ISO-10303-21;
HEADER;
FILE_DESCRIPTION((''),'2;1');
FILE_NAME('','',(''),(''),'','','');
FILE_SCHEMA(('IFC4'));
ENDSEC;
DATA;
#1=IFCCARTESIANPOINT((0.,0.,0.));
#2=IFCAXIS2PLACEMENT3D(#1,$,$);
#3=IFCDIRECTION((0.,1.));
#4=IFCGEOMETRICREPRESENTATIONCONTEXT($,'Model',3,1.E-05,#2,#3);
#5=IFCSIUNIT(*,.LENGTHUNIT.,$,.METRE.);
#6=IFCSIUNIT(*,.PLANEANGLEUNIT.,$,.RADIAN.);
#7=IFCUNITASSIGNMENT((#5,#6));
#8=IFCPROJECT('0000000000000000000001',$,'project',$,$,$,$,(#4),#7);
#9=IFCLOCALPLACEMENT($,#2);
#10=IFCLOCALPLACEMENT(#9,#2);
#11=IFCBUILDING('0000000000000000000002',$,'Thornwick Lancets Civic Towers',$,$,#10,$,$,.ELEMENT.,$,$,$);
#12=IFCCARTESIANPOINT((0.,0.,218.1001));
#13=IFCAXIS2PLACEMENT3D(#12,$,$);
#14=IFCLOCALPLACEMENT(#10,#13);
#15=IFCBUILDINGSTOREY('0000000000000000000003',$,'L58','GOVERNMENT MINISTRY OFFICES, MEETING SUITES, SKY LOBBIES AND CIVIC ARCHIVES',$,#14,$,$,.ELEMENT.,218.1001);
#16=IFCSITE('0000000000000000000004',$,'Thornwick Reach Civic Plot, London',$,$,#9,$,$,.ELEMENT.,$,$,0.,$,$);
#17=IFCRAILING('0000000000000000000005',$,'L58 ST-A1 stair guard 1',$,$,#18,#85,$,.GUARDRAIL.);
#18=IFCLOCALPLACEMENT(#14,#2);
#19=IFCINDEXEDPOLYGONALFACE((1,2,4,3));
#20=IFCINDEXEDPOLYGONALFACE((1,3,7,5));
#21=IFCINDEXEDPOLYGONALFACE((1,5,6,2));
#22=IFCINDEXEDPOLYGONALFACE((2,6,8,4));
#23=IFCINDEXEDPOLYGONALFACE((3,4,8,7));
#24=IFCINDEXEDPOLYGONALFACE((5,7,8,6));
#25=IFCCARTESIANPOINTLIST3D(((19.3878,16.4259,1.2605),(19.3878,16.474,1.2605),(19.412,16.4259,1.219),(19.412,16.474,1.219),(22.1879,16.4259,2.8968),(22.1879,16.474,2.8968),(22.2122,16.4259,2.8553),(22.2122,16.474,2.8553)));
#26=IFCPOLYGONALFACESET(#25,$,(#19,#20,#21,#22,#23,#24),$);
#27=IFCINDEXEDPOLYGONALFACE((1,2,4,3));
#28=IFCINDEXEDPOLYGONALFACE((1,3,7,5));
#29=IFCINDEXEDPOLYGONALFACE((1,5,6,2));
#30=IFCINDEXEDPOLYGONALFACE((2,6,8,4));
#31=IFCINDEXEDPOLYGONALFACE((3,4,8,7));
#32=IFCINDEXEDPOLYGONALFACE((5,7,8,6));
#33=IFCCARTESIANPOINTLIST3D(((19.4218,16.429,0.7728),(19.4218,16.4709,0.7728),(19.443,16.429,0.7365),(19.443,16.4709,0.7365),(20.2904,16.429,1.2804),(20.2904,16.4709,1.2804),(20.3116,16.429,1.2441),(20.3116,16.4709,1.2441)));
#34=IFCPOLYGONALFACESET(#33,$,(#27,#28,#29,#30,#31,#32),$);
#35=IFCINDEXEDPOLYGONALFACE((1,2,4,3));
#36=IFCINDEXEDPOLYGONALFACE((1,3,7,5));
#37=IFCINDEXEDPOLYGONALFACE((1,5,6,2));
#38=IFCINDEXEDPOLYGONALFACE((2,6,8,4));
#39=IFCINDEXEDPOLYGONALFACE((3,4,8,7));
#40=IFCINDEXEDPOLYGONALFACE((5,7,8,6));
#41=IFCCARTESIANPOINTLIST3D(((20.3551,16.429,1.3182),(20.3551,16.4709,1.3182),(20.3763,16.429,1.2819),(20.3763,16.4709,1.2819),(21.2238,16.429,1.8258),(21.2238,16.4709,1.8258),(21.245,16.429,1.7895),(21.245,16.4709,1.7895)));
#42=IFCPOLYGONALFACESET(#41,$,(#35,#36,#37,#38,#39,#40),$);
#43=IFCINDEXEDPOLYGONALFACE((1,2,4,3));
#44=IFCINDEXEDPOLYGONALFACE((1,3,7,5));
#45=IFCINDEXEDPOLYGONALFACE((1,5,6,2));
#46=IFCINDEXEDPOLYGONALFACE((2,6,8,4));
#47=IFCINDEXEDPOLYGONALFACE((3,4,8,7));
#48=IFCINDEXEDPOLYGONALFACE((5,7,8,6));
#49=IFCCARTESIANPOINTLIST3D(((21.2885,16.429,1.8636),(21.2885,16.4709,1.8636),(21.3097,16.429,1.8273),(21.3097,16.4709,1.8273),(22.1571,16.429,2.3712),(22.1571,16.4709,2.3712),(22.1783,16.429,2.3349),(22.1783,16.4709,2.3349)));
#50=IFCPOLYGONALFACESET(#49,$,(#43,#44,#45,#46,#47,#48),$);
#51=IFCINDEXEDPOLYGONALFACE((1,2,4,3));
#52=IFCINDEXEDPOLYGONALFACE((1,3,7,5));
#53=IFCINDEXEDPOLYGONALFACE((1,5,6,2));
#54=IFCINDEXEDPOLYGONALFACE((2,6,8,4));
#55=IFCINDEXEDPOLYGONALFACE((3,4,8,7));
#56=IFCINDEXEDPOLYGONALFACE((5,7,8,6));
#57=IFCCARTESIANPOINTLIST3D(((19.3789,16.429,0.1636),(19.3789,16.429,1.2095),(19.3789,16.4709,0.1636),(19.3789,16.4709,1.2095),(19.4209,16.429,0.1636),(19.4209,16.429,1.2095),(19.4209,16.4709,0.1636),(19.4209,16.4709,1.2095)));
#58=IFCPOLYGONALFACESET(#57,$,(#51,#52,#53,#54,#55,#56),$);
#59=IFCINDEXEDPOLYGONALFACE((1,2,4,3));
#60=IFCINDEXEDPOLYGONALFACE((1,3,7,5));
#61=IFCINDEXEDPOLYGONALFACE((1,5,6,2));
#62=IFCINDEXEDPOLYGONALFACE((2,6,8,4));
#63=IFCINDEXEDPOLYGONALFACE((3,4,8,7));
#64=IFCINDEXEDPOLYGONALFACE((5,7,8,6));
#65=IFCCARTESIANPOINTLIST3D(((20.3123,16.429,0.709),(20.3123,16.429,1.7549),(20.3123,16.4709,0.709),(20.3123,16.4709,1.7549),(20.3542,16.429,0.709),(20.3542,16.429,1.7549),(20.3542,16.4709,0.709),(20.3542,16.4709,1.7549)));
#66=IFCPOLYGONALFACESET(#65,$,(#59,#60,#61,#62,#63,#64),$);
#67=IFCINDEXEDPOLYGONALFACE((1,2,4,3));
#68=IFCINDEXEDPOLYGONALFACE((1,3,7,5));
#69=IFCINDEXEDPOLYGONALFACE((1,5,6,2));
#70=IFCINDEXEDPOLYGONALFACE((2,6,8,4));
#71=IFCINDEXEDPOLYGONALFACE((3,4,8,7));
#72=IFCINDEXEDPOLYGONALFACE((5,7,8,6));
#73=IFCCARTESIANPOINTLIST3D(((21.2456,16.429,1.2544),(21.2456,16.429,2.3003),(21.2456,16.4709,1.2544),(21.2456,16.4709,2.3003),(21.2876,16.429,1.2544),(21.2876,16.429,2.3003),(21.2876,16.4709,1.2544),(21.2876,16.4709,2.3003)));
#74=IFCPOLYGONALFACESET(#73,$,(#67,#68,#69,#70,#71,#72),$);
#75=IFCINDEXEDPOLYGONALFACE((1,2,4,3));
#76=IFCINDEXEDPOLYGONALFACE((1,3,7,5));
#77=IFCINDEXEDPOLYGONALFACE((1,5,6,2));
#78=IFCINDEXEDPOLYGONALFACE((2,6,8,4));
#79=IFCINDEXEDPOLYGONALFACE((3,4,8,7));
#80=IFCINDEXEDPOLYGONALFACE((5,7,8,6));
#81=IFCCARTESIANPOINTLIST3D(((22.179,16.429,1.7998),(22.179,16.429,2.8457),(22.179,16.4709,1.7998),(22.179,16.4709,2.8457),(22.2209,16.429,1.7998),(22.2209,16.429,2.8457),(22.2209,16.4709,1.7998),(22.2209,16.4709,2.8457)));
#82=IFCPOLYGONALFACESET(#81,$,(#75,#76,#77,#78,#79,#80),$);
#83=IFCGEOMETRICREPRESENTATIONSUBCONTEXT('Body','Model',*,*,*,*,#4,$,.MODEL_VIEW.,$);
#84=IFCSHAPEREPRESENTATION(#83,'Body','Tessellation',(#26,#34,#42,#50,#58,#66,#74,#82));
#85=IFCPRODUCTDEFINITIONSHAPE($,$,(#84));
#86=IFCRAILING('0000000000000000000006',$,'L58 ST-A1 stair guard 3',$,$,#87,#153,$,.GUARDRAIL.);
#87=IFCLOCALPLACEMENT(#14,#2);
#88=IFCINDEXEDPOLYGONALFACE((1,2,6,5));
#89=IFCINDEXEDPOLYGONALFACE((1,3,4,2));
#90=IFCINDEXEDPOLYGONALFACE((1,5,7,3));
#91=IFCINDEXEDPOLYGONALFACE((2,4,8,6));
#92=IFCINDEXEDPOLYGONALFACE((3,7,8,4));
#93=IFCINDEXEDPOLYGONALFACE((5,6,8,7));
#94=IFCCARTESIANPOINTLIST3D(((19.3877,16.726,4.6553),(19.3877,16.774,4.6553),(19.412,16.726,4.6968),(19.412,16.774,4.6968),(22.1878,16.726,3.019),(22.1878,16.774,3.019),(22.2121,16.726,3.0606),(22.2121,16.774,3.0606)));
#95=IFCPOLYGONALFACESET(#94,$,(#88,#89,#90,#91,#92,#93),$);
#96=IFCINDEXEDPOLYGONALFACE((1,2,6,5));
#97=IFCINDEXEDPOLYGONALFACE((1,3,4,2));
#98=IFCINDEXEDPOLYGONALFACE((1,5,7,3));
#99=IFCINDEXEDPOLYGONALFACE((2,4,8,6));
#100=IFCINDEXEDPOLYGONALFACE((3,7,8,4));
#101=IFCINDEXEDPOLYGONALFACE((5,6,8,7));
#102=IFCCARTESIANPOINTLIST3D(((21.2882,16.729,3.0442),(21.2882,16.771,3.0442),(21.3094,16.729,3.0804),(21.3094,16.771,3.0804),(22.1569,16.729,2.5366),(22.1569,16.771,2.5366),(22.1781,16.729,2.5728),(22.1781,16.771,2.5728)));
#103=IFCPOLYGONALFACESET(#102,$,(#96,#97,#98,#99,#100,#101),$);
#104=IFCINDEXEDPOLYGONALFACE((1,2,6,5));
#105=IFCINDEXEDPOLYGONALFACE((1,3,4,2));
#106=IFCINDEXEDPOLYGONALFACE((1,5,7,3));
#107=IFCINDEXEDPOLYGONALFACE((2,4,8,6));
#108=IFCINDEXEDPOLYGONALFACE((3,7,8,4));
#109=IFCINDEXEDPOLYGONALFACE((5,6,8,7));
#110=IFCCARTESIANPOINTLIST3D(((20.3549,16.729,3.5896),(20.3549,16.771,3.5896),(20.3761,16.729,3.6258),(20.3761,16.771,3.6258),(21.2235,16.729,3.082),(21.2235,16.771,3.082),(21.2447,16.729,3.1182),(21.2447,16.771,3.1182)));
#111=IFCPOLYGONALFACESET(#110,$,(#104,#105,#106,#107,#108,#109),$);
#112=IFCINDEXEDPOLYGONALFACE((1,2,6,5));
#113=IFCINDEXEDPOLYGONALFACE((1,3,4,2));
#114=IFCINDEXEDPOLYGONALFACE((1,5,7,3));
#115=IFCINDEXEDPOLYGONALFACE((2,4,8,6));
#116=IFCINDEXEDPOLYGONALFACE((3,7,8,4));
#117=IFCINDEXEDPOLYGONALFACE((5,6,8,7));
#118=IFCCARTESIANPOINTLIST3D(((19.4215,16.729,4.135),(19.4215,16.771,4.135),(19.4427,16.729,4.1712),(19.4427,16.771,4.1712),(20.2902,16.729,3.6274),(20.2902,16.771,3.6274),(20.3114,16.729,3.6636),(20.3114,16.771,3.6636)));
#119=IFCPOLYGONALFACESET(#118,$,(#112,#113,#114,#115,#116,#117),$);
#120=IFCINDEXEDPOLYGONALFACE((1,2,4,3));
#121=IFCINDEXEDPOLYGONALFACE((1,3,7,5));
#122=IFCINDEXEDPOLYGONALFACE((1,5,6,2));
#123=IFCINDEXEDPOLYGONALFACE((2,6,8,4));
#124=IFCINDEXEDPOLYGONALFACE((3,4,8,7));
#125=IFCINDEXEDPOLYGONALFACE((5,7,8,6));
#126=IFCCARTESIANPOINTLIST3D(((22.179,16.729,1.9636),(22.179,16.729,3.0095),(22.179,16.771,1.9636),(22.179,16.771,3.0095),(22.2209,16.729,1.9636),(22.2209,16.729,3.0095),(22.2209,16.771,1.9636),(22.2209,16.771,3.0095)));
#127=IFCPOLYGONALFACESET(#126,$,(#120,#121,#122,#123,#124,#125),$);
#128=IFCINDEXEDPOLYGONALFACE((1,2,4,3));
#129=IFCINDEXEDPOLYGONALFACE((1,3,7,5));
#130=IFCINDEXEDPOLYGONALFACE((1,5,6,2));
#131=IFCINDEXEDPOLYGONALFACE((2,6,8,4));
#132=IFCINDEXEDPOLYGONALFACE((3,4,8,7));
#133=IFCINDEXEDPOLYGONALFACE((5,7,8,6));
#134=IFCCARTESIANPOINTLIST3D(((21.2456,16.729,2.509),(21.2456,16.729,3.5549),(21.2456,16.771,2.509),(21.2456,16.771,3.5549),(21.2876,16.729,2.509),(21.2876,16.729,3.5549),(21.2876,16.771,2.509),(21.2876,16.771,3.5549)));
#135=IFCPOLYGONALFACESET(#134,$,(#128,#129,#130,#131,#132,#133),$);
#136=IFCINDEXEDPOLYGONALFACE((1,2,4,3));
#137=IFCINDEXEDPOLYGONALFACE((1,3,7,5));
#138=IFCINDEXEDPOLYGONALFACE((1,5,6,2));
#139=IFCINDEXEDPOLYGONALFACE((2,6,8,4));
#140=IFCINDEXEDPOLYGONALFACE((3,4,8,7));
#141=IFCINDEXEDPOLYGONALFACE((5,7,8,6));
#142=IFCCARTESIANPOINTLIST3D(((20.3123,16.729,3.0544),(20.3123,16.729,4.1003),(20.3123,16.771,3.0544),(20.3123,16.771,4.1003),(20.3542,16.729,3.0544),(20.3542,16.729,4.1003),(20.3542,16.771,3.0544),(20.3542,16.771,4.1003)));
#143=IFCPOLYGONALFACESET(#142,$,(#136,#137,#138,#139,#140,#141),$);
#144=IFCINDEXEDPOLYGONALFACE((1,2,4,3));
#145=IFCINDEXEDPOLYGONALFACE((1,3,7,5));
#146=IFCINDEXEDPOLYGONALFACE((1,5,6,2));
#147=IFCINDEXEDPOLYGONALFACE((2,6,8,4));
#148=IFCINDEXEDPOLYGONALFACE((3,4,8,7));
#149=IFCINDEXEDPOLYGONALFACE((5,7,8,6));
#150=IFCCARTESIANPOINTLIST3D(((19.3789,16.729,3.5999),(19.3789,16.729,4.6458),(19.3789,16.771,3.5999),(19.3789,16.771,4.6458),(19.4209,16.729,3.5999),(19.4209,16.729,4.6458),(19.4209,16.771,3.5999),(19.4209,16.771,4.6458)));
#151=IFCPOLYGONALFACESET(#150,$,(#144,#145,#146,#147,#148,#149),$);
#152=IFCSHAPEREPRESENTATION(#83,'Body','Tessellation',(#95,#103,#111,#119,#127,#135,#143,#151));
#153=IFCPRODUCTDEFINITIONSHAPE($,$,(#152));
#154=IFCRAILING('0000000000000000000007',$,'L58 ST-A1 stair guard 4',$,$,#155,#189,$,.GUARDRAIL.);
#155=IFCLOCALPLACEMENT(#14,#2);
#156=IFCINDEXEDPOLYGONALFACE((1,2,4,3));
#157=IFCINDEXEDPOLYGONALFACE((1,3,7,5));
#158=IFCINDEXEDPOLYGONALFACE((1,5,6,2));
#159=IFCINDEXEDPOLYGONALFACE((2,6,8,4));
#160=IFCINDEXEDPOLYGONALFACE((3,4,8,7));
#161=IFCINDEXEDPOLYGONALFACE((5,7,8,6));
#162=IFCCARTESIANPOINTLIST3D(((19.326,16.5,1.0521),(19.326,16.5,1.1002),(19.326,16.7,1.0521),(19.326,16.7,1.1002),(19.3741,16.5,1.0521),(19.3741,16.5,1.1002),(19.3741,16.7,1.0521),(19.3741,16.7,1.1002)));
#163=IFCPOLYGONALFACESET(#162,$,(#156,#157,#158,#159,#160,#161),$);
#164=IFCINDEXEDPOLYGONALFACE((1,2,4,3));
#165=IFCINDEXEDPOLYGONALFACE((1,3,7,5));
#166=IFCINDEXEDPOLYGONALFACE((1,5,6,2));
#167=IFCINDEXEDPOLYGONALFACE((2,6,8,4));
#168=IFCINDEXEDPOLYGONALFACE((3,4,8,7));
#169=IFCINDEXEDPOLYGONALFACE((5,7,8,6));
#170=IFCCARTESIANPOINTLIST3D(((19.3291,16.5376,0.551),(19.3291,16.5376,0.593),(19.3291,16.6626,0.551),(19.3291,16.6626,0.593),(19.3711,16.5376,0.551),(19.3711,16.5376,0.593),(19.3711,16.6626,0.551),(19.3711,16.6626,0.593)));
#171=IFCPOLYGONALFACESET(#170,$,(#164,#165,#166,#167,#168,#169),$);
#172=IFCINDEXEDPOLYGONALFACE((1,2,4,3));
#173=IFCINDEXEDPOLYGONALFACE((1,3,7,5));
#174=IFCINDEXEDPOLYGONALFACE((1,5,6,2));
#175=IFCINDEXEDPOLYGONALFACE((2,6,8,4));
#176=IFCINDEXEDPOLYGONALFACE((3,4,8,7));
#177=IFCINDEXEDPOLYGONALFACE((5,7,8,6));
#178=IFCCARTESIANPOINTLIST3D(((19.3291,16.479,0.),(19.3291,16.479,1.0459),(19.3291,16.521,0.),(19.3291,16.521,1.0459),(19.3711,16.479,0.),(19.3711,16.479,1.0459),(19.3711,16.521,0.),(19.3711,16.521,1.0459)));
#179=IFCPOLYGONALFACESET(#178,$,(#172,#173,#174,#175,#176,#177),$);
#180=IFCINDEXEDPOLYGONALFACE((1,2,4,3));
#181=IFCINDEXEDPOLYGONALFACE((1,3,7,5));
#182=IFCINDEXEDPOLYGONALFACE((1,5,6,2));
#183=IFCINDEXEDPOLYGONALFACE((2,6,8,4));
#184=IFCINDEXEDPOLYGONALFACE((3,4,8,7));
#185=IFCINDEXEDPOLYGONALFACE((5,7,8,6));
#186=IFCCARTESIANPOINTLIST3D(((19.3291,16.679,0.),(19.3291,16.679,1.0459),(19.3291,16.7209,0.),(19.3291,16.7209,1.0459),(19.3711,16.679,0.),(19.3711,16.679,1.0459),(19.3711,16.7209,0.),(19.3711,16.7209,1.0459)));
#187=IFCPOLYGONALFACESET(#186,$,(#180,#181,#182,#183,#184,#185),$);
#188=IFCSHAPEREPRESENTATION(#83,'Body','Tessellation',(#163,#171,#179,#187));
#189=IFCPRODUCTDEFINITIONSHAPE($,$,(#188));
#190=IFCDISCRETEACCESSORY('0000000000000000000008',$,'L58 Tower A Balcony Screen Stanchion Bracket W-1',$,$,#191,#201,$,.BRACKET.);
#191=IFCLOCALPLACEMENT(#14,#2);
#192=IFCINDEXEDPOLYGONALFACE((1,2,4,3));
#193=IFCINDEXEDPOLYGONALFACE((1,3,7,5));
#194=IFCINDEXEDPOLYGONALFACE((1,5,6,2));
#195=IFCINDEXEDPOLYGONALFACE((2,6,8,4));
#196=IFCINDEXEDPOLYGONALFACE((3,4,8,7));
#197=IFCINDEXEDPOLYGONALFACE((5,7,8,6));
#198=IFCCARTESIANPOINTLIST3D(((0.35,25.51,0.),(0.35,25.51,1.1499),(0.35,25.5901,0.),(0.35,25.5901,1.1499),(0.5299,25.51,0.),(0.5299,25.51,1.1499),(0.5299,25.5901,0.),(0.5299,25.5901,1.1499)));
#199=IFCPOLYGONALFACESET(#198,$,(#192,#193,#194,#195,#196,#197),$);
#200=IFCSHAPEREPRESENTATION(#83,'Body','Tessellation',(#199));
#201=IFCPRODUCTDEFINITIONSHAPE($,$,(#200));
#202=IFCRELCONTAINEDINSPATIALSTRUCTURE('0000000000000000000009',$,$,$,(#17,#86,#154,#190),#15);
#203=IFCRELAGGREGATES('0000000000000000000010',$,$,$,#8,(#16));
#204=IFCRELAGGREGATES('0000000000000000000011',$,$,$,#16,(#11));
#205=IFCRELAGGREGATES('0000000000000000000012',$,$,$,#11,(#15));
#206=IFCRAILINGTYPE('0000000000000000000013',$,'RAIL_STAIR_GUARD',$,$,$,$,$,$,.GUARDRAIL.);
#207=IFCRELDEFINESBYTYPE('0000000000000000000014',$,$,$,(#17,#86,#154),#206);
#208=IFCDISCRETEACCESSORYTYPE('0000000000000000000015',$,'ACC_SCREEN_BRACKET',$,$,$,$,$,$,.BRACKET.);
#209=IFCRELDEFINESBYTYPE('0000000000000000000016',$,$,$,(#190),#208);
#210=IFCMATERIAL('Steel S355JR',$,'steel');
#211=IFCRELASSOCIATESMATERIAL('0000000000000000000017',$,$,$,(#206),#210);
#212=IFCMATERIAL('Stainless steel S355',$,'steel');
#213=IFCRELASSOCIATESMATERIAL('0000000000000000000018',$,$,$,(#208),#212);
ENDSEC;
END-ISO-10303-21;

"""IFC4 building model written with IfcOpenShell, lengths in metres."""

from ifc_helpers import new_model, si_unit, direction, frame, origin, origin_2d, place, context, subcontext, project, spatial, rectangle, extrude, material, type_object, element, save


model = new_model("IFC4")

# Units and contexts
model_context = context("Model", 3, precision=1e-05, world=origin(), true_north=direction((0.0, 1.0)))
body_context = subcontext(model_context, "Body", "Model", "MODEL_VIEW")
ifc_project = project(units=[si_unit("LENGTHUNIT", "METRE"), si_unit("PLANEANGLEUNIT", "RADIAN")], contexts=[model_context])

# Site, building, storey
site_placement = place(None, origin())
site = spatial("IfcSite", under=ifc_project, at=site_placement, Name="Thornwick Reach Civic Plot, London", CompositionType="ELEMENT", RefElevation=0.0)
building_placement = place(site_placement, origin())
building = spatial("IfcBuilding", under=site, at=building_placement, Name="Thornwick Lancets Civic Towers", CompositionType="ELEMENT")
storey_placement = place(building_placement, frame((0.0, 0.0, 218.1001)))
storey = spatial("IfcBuildingStorey", under=building, at=storey_placement, Name="L58", Description="GOVERNMENT MINISTRY OFFICES, MEETING SUITES, SKY LOBBIES AND CIVIC ARCHIVES", CompositionType="ELEMENT", Elevation=218.1001)

# Shared definitions
ifc_material_1 = material(Name="Steel S355JR", Category="steel")

# Railings
railing_type_1 = type_object("IfcRailingType", Name="RAIL_STAIR_GUARD", PredefinedType="GUARDRAIL", material=ifc_material_1)
railing_1_placement = place(storey_placement, frame((19.3999, 16.45, 0.1636)))
element("IfcRailing", 1, at=railing_1_placement, inside=storey, type_object=railing_type_1, Name="L58 ST-A1 stair guard 1", PredefinedType="GUARDRAIL", context=body_context, shape_type="SweptSolid", body=[
    extrude(rectangle(XDim=0.0481, YDim=0.0481, at=origin_2d()), frame((0.0, 0.0, 1.0762), z_axis=(0.863394, 0.0, 0.504531), x_axis=(0.0, 1.0, 0.0)), (0.0, 0.0, 1.0), 3.2432),
    extrude(rectangle(XDim=0.042, YDim=0.042, at=origin_2d()), frame((0.0325, 0.0, 0.5911), z_axis=(0.863394, 0.0, 0.504531), x_axis=(0.0, 1.0, 0.0)), (0.0, 0.0, 1.0), 1.0061),
    extrude(rectangle(XDim=0.042, YDim=0.042, at=origin_2d()), frame((0.9658, 0.0, 1.1365), z_axis=(0.863394, 0.0, 0.504531), x_axis=(0.0, 1.0, 0.0)), (0.0, 0.0, 1.0), 1.0061),
    extrude(rectangle(XDim=0.042, YDim=0.042, at=origin_2d()), frame((1.8992, 0.0, 1.6819), z_axis=(0.863394, 0.0, 0.504531), x_axis=(0.0, 1.0, 0.0)), (0.0, 0.0, 1.0), 1.0061),
    extrude(rectangle(XDim=0.042, YDim=0.042, at=origin_2d()), origin(), (0.0, 0.0, 1.0), 1.0459),
    extrude(rectangle(XDim=0.042, YDim=0.042, at=origin_2d()), frame((0.9333, 0.0, 0.5454)), (0.0, 0.0, 1.0), 1.0459),
    extrude(rectangle(XDim=0.042, YDim=0.042, at=origin_2d()), frame((1.8667, 0.0, 1.0908)), (0.0, 0.0, 1.0), 1.0459),
    extrude(rectangle(XDim=0.042, YDim=0.042, at=origin_2d()), frame((2.8, 0.0, 1.6362)), (0.0, 0.0, 1.0), 1.0459),
])
railing_2_placement = place(storey_placement, frame((22.2, 16.75, 1.9636)))
element("IfcRailing", 2, at=railing_2_placement, inside=storey, type_object=railing_type_1, Name="L58 ST-A1 stair guard 3", PredefinedType="GUARDRAIL", context=body_context, shape_type="SweptSolid", body=[
    extrude(rectangle(XDim=0.0481, YDim=0.0481, at=origin_2d()), frame((0.0, 0.0, 1.0762), z_axis=(-0.863394, 0.0, 0.504531), x_axis=(0.0, -1.0, 0.0)), (0.0, 0.0, 1.0), 3.2432),
    extrude(rectangle(XDim=0.042, YDim=0.042, at=origin_2d()), frame((-0.0325, 0.0, 0.5911), z_axis=(-0.863394, 0.0, 0.504531), x_axis=(0.0, -1.0, 0.0)), (0.0, 0.0, 1.0), 1.0061),
    extrude(rectangle(XDim=0.042, YDim=0.042, at=origin_2d()), frame((-0.9658, 0.0, 1.1365), z_axis=(-0.863394, 0.0, 0.504531), x_axis=(0.0, -1.0, 0.0)), (0.0, 0.0, 1.0), 1.0061),
    extrude(rectangle(XDim=0.042, YDim=0.042, at=origin_2d()), frame((-1.8992, 0.0, 1.6819), z_axis=(-0.863394, 0.0, 0.504531), x_axis=(0.0, -1.0, 0.0)), (0.0, 0.0, 1.0), 1.0061),
    extrude(rectangle(XDim=0.042, YDim=0.042, at=origin_2d()), origin(), (0.0, 0.0, 1.0), 1.0459),
    extrude(rectangle(XDim=0.042, YDim=0.042, at=origin_2d()), frame((-0.9333, 0.0, 0.5454)), (0.0, 0.0, 1.0), 1.0459),
    extrude(rectangle(XDim=0.042, YDim=0.042, at=origin_2d()), frame((-1.8667, 0.0, 1.0908)), (0.0, 0.0, 1.0), 1.0459),
    extrude(rectangle(XDim=0.042, YDim=0.042, at=origin_2d()), frame((-2.8, 0.0, 1.6362)), (0.0, 0.0, 1.0), 1.0459),
])
railing_3_placement = place(storey_placement, frame((19.3501, 16.5, 0.0)))
element("IfcRailing", 3, at=railing_3_placement, inside=storey, type_object=railing_type_1, Name="L58 ST-A1 stair guard 4", PredefinedType="GUARDRAIL", context=body_context, shape_type="SweptSolid", body=[
    extrude(rectangle(XDim=0.0481, YDim=0.0481, at=origin_2d()), frame((0.0, 0.0, 1.0762), z_axis=(0.0, 1.0, 0.0), x_axis=(-1.0, 0.0, 0.0)), (0.0, 0.0, 1.0), 0.2),
    extrude(rectangle(XDim=0.042, YDim=0.042, at=origin_2d()), frame((0.0, 0.0376, 0.572), z_axis=(0.0, 1.0, 0.0), x_axis=(-1.0, 0.0, 0.0)), (0.0, 0.0, 1.0), 0.125),
    extrude(rectangle(XDim=0.042, YDim=0.042, at=origin_2d()), origin(), (0.0, 0.0, 1.0), 1.0459),
    extrude(rectangle(XDim=0.042, YDim=0.042, at=origin_2d()), frame((0.0, 0.2, 0.0)), (0.0, 0.0, 1.0), 1.0459),
])

# Discrete accessory
ifc_material_2 = material(Name="Stainless steel S355", Category="steel")
discrete_accessory_type = type_object("IfcDiscreteAccessoryType", Name="ACC_SCREEN_BRACKET", PredefinedType="BRACKET", material=ifc_material_2)
discrete_accessory_placement = place(storey_placement, frame((0.4399, 25.55, 0.0), z_axis=(0.0, 0.0, 1.0), x_axis=(0.0, 1.0, 0.0)))
element("IfcDiscreteAccessory", 4, at=discrete_accessory_placement, inside=storey, type_object=discrete_accessory_type, Name="L58 Tower A Balcony Screen Stanchion Bracket W-1", PredefinedType="BRACKET", context=body_context, shape_type="SweptSolid", body=[
    extrude(rectangle(XDim=0.0801, YDim=0.1799, at=origin_2d()), origin(), (0.0, 0.0, 1.0), 1.1499),
])

save(model, "model.ifc")
